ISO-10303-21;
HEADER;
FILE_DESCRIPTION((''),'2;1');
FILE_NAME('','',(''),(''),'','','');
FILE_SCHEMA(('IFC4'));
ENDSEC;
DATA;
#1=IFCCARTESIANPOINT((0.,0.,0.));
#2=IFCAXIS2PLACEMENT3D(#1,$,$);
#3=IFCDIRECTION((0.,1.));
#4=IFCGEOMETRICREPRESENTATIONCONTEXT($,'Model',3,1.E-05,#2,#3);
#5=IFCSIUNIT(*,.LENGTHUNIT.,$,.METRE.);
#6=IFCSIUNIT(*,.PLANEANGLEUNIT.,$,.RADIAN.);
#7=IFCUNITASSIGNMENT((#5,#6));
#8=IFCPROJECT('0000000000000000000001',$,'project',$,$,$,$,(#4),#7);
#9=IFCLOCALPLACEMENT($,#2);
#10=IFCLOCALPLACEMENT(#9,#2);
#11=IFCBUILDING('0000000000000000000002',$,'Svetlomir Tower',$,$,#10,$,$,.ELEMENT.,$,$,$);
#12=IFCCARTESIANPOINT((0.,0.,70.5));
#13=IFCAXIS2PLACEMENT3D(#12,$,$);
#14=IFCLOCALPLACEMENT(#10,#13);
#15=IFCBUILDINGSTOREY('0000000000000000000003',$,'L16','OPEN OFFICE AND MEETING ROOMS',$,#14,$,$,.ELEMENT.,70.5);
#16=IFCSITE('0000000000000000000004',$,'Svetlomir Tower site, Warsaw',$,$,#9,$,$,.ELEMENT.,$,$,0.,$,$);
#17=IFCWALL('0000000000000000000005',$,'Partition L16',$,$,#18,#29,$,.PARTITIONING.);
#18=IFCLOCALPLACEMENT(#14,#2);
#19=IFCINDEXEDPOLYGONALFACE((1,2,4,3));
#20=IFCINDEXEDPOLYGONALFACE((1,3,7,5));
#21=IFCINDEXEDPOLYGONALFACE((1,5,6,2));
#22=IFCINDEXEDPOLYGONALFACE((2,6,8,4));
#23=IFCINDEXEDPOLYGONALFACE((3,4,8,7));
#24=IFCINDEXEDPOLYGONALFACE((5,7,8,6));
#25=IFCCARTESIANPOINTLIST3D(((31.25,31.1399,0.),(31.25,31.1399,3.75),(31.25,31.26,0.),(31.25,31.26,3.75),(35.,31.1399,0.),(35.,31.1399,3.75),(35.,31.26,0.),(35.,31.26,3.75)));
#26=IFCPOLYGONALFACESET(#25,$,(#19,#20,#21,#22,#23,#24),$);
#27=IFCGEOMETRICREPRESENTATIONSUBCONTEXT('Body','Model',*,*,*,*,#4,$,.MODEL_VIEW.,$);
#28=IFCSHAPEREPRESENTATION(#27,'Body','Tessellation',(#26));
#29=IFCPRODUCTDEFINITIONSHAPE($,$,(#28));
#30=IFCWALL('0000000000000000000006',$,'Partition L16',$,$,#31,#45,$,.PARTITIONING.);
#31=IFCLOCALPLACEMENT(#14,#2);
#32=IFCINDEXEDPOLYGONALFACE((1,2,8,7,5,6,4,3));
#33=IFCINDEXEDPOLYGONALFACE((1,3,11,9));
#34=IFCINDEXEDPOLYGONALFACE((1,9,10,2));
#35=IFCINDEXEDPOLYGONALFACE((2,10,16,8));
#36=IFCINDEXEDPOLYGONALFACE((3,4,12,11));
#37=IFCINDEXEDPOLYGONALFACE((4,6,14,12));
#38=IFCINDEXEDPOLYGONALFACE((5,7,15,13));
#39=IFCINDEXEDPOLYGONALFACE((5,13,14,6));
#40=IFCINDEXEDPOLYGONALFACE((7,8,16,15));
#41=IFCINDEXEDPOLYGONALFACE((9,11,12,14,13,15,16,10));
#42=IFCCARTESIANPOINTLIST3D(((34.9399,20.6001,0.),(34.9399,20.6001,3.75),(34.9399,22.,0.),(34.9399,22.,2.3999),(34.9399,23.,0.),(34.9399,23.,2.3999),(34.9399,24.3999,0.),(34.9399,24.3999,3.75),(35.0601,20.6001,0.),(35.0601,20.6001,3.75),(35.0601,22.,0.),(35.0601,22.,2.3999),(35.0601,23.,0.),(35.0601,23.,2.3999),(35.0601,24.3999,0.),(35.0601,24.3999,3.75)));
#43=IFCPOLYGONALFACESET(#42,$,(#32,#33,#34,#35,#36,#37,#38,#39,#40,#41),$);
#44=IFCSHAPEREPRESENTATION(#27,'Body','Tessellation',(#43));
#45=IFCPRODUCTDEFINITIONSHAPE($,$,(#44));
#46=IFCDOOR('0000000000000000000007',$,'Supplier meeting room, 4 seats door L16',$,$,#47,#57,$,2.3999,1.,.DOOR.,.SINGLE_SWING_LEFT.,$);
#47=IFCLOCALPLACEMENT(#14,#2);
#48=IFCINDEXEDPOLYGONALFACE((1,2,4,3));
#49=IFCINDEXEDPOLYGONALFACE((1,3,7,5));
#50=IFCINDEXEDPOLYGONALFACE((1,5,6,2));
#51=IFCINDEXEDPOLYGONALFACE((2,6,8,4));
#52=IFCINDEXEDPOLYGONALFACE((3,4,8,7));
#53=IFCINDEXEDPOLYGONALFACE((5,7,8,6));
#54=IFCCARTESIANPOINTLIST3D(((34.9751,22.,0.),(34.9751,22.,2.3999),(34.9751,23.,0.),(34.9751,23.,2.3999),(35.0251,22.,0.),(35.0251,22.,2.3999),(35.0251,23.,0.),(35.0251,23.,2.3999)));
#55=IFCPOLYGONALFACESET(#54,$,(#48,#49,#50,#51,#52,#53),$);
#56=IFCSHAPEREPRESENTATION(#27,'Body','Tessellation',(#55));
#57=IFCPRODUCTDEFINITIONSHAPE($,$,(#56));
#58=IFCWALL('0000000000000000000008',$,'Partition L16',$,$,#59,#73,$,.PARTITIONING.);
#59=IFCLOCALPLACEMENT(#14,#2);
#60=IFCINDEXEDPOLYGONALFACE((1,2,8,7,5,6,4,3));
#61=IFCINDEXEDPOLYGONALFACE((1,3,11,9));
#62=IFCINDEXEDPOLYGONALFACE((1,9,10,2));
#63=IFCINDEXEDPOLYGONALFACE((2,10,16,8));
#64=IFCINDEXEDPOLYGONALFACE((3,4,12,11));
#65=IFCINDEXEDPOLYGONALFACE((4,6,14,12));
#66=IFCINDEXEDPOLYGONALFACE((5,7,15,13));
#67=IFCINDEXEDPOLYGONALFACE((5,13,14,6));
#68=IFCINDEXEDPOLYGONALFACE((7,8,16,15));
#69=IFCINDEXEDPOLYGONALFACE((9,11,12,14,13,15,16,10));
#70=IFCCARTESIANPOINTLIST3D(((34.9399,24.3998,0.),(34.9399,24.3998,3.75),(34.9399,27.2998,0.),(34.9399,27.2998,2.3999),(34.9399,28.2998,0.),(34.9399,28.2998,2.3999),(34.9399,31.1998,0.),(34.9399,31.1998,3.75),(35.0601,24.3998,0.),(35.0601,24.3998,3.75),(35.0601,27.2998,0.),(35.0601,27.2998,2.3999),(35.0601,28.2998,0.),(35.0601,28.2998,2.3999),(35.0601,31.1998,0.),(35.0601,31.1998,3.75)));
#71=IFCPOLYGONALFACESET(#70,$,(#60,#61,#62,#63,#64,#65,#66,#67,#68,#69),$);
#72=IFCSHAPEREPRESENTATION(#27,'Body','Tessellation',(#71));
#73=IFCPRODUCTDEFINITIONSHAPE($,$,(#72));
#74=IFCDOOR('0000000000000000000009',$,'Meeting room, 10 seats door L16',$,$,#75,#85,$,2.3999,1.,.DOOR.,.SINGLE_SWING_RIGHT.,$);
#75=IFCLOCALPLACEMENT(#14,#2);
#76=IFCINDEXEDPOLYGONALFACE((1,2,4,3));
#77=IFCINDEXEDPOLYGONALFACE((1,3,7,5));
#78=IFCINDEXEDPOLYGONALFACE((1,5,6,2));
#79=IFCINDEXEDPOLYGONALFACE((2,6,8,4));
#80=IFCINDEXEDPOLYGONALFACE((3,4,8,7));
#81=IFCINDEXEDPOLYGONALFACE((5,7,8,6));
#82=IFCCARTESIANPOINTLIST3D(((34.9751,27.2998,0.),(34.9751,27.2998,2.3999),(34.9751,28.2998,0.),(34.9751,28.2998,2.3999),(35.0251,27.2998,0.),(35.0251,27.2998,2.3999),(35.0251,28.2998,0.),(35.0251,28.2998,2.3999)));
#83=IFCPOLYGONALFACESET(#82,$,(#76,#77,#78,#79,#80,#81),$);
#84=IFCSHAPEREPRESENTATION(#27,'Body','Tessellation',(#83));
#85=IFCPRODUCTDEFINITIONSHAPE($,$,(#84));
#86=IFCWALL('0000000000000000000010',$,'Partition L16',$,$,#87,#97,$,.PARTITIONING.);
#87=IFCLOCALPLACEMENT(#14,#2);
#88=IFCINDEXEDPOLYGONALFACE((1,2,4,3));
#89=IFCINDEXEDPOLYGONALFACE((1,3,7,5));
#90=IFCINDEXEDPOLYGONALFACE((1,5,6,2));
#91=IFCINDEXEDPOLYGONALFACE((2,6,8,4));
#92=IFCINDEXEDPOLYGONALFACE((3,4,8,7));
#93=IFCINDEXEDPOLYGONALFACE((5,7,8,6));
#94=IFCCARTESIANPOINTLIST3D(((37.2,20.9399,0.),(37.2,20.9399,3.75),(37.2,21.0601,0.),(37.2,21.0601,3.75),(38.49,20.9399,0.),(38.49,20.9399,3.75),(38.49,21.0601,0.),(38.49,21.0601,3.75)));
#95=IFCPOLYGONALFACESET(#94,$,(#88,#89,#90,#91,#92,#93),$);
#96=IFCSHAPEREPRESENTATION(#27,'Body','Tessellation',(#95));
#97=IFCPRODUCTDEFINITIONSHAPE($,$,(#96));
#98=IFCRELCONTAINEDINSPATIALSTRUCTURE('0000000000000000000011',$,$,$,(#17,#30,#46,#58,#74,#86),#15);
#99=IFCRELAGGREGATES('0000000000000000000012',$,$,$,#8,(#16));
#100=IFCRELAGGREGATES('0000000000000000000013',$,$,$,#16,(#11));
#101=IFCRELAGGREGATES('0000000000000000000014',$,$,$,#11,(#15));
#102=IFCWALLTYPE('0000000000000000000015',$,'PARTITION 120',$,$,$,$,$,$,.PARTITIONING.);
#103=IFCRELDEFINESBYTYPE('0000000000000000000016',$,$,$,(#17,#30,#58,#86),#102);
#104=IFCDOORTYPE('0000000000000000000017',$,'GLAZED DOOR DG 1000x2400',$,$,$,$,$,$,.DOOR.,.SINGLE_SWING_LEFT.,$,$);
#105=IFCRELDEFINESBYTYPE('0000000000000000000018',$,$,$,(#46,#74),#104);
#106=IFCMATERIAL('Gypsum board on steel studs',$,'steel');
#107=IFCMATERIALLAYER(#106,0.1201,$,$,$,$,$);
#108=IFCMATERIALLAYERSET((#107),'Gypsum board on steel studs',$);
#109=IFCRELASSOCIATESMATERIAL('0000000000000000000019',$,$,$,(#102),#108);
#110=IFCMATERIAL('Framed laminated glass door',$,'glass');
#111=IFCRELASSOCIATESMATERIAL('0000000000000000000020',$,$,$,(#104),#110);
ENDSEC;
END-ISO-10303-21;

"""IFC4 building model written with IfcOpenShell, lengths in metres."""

from ifc_helpers import new_model, si_unit, direction, frame, frame_2d, origin, place, context, subcontext, project, spatial, rectangle, extrude, material, layer, layer_set, type_object, element, fill, save


model = new_model("IFC4")

# Units and contexts
model_context = context("Model", 3, precision=1e-05, world=origin(), true_north=direction((0.0, 1.0)))
body_context = subcontext(model_context, "Body", "Model", "MODEL_VIEW")
ifc_project = project(units=[si_unit("LENGTHUNIT", "METRE"), si_unit("PLANEANGLEUNIT", "RADIAN")], contexts=[model_context])

# Site, building, storey
site_placement = place(None, origin())
site = spatial("IfcSite", under=ifc_project, at=site_placement, Name="Svetlomir Tower site, Warsaw", CompositionType="ELEMENT", RefElevation=0.0)
building_placement = place(site_placement, origin())
building = spatial("IfcBuilding", under=site, at=building_placement, Name="Svetlomir Tower", CompositionType="ELEMENT")
storey_placement = place(building_placement, frame((0.0, 0.0, 70.5)))
storey = spatial("IfcBuildingStorey", under=building, at=storey_placement, Name="L16", Description="OPEN OFFICE AND MEETING ROOMS", CompositionType="ELEMENT", Elevation=70.5)

# Wall
ifc_material_1 = material(Name="Gypsum board on steel studs", Category="steel")
ifc_layer_1 = layer(ifc_material_1, 0.1201)
ifc_layer_set_1 = layer_set([ifc_layer_1], Name="Gypsum board on steel studs")
wall_type_1 = type_object("IfcWallType", Name="PARTITION 120", PredefinedType="PARTITIONING", material=ifc_layer_set_1)
wall_1_placement = place(storey_placement, frame((31.25, 31.2, 0.0), z_axis=(0.0, 0.0, 1.0), x_axis=(1.0, 0.0, 0.0)))
element("IfcWall", 1, at=wall_1_placement, inside=storey, type_object=wall_type_1, Name="Partition L16", PredefinedType="PARTITIONING", context=body_context, shape_type="SweptSolid", body=[
    extrude(rectangle(XDim=3.75, YDim=0.1201, at=frame_2d((1.875, 0.0))), origin(), (0.0, 0.0, 1.0), 3.75),
])

# Walls, openings, doors
wall_2_placement = place(storey_placement, frame((35.0, 20.6001, 0.0), z_axis=(0.0, 0.0, 1.0), x_axis=(0.0, 1.0, 0.0)))
wall_2 = element("IfcWall", 2, at=wall_2_placement, inside=storey, type_object=wall_type_1, Name="Partition L16", PredefinedType="PARTITIONING", context=body_context, shape_type="SweptSolid", body=[
    extrude(rectangle(XDim=3.7998, YDim=0.1201, at=frame_2d((1.8999, 0.0))), origin(), (0.0, 0.0, 1.0), 3.75),
])
opening_1_placement = place(wall_2_placement, frame((1.3999, 0.0, 0.0)))
opening_1 = element("IfcOpeningElement", 3, at=opening_1_placement, cuts=wall_2, PredefinedType="OPENING", context=body_context, shape_type="SweptSolid", body=[
    extrude(rectangle(XDim=1.0, YDim=2.3999, at=frame_2d((0.5, 1.2))), frame((0.0, 0.0701, 0.0), z_axis=(0.0, -1.0, 0.0), x_axis=(1.0, 0.0, 0.0)), (0.0, 0.0, 1.0), 0.1401),
])
ifc_material_2 = material(Name="Framed laminated glass door", Category="glass")
door_type_1 = type_object("IfcDoorType", Name="GLAZED DOOR DG 1000x2400", OperationType="SINGLE_SWING_LEFT", PredefinedType="DOOR", material=ifc_material_2)
door_1_placement = place(opening_1_placement, origin())
door_1 = element("IfcDoor", 4, at=door_1_placement, inside=storey, type_object=door_type_1, Name="Supplier meeting room, 4 seats door L16", OperationType="SINGLE_SWING_LEFT", OverallHeight=2.3999, OverallWidth=1.0, PredefinedType="DOOR", context=body_context, shape_type="SweptSolid", body=[
    extrude(rectangle(XDim=1.0, YDim=2.3999, at=frame_2d((0.5, 1.2))), frame((0.0, 0.0249, 0.0), z_axis=(0.0, -1.0, 0.0), x_axis=(1.0, 0.0, 0.0)), (0.0, 0.0, 1.0), 0.05),
])
fill(opening_1, door_1)
wall_3_placement = place(storey_placement, frame((35.0, 24.3999, 0.0), z_axis=(0.0, 0.0, 1.0), x_axis=(0.0, 1.0, 0.0)))
wall_3 = element("IfcWall", 5, at=wall_3_placement, inside=storey, type_object=wall_type_1, Name="Partition L16", PredefinedType="PARTITIONING", context=body_context, shape_type="SweptSolid", body=[
    extrude(rectangle(XDim=6.8, YDim=0.1201, at=frame_2d((3.3999, 0.0))), origin(), (0.0, 0.0, 1.0), 3.75),
])
opening_2_placement = place(wall_3_placement, frame((2.8999, 0.0, 0.0)))
opening_2 = element("IfcOpeningElement", 6, at=opening_2_placement, cuts=wall_3, PredefinedType="OPENING", context=body_context, shape_type="SweptSolid", body=[
    extrude(rectangle(XDim=1.0, YDim=2.3999, at=frame_2d((0.5, 1.2))), frame((0.0, 0.0701, 0.0), z_axis=(0.0, -1.0, 0.0), x_axis=(1.0, 0.0, 0.0)), (0.0, 0.0, 1.0), 0.1401),
])
door_2_placement = place(opening_2_placement, origin())
door_2 = element("IfcDoor", 7, at=door_2_placement, inside=storey, type_object=door_type_1, Name="Meeting room, 10 seats door L16", OperationType="SINGLE_SWING_RIGHT", OverallHeight=2.3999, OverallWidth=1.0, PredefinedType="DOOR", context=body_context, shape_type="SweptSolid", body=[
    extrude(rectangle(XDim=1.0, YDim=2.3999, at=frame_2d((0.5, 1.2))), frame((0.0, 0.0249, 0.0), z_axis=(0.0, -1.0, 0.0), x_axis=(1.0, 0.0, 0.0)), (0.0, 0.0, 1.0), 0.05),
])
fill(opening_2, door_2)

# Wall
wall_4_placement = place(storey_placement, frame((37.2, 21.0, 0.0), z_axis=(0.0, 0.0, 1.0), x_axis=(1.0, 0.0, 0.0)))
element("IfcWall", 8, at=wall_4_placement, inside=storey, type_object=wall_type_1, Name="Partition L16", PredefinedType="PARTITIONING", context=body_context, shape_type="SweptSolid", body=[
    extrude(rectangle(XDim=1.29, YDim=0.1201, at=frame_2d((0.645, 0.0))), origin(), (0.0, 0.0, 1.0), 3.75),
])

save(model, "model.ifc")
